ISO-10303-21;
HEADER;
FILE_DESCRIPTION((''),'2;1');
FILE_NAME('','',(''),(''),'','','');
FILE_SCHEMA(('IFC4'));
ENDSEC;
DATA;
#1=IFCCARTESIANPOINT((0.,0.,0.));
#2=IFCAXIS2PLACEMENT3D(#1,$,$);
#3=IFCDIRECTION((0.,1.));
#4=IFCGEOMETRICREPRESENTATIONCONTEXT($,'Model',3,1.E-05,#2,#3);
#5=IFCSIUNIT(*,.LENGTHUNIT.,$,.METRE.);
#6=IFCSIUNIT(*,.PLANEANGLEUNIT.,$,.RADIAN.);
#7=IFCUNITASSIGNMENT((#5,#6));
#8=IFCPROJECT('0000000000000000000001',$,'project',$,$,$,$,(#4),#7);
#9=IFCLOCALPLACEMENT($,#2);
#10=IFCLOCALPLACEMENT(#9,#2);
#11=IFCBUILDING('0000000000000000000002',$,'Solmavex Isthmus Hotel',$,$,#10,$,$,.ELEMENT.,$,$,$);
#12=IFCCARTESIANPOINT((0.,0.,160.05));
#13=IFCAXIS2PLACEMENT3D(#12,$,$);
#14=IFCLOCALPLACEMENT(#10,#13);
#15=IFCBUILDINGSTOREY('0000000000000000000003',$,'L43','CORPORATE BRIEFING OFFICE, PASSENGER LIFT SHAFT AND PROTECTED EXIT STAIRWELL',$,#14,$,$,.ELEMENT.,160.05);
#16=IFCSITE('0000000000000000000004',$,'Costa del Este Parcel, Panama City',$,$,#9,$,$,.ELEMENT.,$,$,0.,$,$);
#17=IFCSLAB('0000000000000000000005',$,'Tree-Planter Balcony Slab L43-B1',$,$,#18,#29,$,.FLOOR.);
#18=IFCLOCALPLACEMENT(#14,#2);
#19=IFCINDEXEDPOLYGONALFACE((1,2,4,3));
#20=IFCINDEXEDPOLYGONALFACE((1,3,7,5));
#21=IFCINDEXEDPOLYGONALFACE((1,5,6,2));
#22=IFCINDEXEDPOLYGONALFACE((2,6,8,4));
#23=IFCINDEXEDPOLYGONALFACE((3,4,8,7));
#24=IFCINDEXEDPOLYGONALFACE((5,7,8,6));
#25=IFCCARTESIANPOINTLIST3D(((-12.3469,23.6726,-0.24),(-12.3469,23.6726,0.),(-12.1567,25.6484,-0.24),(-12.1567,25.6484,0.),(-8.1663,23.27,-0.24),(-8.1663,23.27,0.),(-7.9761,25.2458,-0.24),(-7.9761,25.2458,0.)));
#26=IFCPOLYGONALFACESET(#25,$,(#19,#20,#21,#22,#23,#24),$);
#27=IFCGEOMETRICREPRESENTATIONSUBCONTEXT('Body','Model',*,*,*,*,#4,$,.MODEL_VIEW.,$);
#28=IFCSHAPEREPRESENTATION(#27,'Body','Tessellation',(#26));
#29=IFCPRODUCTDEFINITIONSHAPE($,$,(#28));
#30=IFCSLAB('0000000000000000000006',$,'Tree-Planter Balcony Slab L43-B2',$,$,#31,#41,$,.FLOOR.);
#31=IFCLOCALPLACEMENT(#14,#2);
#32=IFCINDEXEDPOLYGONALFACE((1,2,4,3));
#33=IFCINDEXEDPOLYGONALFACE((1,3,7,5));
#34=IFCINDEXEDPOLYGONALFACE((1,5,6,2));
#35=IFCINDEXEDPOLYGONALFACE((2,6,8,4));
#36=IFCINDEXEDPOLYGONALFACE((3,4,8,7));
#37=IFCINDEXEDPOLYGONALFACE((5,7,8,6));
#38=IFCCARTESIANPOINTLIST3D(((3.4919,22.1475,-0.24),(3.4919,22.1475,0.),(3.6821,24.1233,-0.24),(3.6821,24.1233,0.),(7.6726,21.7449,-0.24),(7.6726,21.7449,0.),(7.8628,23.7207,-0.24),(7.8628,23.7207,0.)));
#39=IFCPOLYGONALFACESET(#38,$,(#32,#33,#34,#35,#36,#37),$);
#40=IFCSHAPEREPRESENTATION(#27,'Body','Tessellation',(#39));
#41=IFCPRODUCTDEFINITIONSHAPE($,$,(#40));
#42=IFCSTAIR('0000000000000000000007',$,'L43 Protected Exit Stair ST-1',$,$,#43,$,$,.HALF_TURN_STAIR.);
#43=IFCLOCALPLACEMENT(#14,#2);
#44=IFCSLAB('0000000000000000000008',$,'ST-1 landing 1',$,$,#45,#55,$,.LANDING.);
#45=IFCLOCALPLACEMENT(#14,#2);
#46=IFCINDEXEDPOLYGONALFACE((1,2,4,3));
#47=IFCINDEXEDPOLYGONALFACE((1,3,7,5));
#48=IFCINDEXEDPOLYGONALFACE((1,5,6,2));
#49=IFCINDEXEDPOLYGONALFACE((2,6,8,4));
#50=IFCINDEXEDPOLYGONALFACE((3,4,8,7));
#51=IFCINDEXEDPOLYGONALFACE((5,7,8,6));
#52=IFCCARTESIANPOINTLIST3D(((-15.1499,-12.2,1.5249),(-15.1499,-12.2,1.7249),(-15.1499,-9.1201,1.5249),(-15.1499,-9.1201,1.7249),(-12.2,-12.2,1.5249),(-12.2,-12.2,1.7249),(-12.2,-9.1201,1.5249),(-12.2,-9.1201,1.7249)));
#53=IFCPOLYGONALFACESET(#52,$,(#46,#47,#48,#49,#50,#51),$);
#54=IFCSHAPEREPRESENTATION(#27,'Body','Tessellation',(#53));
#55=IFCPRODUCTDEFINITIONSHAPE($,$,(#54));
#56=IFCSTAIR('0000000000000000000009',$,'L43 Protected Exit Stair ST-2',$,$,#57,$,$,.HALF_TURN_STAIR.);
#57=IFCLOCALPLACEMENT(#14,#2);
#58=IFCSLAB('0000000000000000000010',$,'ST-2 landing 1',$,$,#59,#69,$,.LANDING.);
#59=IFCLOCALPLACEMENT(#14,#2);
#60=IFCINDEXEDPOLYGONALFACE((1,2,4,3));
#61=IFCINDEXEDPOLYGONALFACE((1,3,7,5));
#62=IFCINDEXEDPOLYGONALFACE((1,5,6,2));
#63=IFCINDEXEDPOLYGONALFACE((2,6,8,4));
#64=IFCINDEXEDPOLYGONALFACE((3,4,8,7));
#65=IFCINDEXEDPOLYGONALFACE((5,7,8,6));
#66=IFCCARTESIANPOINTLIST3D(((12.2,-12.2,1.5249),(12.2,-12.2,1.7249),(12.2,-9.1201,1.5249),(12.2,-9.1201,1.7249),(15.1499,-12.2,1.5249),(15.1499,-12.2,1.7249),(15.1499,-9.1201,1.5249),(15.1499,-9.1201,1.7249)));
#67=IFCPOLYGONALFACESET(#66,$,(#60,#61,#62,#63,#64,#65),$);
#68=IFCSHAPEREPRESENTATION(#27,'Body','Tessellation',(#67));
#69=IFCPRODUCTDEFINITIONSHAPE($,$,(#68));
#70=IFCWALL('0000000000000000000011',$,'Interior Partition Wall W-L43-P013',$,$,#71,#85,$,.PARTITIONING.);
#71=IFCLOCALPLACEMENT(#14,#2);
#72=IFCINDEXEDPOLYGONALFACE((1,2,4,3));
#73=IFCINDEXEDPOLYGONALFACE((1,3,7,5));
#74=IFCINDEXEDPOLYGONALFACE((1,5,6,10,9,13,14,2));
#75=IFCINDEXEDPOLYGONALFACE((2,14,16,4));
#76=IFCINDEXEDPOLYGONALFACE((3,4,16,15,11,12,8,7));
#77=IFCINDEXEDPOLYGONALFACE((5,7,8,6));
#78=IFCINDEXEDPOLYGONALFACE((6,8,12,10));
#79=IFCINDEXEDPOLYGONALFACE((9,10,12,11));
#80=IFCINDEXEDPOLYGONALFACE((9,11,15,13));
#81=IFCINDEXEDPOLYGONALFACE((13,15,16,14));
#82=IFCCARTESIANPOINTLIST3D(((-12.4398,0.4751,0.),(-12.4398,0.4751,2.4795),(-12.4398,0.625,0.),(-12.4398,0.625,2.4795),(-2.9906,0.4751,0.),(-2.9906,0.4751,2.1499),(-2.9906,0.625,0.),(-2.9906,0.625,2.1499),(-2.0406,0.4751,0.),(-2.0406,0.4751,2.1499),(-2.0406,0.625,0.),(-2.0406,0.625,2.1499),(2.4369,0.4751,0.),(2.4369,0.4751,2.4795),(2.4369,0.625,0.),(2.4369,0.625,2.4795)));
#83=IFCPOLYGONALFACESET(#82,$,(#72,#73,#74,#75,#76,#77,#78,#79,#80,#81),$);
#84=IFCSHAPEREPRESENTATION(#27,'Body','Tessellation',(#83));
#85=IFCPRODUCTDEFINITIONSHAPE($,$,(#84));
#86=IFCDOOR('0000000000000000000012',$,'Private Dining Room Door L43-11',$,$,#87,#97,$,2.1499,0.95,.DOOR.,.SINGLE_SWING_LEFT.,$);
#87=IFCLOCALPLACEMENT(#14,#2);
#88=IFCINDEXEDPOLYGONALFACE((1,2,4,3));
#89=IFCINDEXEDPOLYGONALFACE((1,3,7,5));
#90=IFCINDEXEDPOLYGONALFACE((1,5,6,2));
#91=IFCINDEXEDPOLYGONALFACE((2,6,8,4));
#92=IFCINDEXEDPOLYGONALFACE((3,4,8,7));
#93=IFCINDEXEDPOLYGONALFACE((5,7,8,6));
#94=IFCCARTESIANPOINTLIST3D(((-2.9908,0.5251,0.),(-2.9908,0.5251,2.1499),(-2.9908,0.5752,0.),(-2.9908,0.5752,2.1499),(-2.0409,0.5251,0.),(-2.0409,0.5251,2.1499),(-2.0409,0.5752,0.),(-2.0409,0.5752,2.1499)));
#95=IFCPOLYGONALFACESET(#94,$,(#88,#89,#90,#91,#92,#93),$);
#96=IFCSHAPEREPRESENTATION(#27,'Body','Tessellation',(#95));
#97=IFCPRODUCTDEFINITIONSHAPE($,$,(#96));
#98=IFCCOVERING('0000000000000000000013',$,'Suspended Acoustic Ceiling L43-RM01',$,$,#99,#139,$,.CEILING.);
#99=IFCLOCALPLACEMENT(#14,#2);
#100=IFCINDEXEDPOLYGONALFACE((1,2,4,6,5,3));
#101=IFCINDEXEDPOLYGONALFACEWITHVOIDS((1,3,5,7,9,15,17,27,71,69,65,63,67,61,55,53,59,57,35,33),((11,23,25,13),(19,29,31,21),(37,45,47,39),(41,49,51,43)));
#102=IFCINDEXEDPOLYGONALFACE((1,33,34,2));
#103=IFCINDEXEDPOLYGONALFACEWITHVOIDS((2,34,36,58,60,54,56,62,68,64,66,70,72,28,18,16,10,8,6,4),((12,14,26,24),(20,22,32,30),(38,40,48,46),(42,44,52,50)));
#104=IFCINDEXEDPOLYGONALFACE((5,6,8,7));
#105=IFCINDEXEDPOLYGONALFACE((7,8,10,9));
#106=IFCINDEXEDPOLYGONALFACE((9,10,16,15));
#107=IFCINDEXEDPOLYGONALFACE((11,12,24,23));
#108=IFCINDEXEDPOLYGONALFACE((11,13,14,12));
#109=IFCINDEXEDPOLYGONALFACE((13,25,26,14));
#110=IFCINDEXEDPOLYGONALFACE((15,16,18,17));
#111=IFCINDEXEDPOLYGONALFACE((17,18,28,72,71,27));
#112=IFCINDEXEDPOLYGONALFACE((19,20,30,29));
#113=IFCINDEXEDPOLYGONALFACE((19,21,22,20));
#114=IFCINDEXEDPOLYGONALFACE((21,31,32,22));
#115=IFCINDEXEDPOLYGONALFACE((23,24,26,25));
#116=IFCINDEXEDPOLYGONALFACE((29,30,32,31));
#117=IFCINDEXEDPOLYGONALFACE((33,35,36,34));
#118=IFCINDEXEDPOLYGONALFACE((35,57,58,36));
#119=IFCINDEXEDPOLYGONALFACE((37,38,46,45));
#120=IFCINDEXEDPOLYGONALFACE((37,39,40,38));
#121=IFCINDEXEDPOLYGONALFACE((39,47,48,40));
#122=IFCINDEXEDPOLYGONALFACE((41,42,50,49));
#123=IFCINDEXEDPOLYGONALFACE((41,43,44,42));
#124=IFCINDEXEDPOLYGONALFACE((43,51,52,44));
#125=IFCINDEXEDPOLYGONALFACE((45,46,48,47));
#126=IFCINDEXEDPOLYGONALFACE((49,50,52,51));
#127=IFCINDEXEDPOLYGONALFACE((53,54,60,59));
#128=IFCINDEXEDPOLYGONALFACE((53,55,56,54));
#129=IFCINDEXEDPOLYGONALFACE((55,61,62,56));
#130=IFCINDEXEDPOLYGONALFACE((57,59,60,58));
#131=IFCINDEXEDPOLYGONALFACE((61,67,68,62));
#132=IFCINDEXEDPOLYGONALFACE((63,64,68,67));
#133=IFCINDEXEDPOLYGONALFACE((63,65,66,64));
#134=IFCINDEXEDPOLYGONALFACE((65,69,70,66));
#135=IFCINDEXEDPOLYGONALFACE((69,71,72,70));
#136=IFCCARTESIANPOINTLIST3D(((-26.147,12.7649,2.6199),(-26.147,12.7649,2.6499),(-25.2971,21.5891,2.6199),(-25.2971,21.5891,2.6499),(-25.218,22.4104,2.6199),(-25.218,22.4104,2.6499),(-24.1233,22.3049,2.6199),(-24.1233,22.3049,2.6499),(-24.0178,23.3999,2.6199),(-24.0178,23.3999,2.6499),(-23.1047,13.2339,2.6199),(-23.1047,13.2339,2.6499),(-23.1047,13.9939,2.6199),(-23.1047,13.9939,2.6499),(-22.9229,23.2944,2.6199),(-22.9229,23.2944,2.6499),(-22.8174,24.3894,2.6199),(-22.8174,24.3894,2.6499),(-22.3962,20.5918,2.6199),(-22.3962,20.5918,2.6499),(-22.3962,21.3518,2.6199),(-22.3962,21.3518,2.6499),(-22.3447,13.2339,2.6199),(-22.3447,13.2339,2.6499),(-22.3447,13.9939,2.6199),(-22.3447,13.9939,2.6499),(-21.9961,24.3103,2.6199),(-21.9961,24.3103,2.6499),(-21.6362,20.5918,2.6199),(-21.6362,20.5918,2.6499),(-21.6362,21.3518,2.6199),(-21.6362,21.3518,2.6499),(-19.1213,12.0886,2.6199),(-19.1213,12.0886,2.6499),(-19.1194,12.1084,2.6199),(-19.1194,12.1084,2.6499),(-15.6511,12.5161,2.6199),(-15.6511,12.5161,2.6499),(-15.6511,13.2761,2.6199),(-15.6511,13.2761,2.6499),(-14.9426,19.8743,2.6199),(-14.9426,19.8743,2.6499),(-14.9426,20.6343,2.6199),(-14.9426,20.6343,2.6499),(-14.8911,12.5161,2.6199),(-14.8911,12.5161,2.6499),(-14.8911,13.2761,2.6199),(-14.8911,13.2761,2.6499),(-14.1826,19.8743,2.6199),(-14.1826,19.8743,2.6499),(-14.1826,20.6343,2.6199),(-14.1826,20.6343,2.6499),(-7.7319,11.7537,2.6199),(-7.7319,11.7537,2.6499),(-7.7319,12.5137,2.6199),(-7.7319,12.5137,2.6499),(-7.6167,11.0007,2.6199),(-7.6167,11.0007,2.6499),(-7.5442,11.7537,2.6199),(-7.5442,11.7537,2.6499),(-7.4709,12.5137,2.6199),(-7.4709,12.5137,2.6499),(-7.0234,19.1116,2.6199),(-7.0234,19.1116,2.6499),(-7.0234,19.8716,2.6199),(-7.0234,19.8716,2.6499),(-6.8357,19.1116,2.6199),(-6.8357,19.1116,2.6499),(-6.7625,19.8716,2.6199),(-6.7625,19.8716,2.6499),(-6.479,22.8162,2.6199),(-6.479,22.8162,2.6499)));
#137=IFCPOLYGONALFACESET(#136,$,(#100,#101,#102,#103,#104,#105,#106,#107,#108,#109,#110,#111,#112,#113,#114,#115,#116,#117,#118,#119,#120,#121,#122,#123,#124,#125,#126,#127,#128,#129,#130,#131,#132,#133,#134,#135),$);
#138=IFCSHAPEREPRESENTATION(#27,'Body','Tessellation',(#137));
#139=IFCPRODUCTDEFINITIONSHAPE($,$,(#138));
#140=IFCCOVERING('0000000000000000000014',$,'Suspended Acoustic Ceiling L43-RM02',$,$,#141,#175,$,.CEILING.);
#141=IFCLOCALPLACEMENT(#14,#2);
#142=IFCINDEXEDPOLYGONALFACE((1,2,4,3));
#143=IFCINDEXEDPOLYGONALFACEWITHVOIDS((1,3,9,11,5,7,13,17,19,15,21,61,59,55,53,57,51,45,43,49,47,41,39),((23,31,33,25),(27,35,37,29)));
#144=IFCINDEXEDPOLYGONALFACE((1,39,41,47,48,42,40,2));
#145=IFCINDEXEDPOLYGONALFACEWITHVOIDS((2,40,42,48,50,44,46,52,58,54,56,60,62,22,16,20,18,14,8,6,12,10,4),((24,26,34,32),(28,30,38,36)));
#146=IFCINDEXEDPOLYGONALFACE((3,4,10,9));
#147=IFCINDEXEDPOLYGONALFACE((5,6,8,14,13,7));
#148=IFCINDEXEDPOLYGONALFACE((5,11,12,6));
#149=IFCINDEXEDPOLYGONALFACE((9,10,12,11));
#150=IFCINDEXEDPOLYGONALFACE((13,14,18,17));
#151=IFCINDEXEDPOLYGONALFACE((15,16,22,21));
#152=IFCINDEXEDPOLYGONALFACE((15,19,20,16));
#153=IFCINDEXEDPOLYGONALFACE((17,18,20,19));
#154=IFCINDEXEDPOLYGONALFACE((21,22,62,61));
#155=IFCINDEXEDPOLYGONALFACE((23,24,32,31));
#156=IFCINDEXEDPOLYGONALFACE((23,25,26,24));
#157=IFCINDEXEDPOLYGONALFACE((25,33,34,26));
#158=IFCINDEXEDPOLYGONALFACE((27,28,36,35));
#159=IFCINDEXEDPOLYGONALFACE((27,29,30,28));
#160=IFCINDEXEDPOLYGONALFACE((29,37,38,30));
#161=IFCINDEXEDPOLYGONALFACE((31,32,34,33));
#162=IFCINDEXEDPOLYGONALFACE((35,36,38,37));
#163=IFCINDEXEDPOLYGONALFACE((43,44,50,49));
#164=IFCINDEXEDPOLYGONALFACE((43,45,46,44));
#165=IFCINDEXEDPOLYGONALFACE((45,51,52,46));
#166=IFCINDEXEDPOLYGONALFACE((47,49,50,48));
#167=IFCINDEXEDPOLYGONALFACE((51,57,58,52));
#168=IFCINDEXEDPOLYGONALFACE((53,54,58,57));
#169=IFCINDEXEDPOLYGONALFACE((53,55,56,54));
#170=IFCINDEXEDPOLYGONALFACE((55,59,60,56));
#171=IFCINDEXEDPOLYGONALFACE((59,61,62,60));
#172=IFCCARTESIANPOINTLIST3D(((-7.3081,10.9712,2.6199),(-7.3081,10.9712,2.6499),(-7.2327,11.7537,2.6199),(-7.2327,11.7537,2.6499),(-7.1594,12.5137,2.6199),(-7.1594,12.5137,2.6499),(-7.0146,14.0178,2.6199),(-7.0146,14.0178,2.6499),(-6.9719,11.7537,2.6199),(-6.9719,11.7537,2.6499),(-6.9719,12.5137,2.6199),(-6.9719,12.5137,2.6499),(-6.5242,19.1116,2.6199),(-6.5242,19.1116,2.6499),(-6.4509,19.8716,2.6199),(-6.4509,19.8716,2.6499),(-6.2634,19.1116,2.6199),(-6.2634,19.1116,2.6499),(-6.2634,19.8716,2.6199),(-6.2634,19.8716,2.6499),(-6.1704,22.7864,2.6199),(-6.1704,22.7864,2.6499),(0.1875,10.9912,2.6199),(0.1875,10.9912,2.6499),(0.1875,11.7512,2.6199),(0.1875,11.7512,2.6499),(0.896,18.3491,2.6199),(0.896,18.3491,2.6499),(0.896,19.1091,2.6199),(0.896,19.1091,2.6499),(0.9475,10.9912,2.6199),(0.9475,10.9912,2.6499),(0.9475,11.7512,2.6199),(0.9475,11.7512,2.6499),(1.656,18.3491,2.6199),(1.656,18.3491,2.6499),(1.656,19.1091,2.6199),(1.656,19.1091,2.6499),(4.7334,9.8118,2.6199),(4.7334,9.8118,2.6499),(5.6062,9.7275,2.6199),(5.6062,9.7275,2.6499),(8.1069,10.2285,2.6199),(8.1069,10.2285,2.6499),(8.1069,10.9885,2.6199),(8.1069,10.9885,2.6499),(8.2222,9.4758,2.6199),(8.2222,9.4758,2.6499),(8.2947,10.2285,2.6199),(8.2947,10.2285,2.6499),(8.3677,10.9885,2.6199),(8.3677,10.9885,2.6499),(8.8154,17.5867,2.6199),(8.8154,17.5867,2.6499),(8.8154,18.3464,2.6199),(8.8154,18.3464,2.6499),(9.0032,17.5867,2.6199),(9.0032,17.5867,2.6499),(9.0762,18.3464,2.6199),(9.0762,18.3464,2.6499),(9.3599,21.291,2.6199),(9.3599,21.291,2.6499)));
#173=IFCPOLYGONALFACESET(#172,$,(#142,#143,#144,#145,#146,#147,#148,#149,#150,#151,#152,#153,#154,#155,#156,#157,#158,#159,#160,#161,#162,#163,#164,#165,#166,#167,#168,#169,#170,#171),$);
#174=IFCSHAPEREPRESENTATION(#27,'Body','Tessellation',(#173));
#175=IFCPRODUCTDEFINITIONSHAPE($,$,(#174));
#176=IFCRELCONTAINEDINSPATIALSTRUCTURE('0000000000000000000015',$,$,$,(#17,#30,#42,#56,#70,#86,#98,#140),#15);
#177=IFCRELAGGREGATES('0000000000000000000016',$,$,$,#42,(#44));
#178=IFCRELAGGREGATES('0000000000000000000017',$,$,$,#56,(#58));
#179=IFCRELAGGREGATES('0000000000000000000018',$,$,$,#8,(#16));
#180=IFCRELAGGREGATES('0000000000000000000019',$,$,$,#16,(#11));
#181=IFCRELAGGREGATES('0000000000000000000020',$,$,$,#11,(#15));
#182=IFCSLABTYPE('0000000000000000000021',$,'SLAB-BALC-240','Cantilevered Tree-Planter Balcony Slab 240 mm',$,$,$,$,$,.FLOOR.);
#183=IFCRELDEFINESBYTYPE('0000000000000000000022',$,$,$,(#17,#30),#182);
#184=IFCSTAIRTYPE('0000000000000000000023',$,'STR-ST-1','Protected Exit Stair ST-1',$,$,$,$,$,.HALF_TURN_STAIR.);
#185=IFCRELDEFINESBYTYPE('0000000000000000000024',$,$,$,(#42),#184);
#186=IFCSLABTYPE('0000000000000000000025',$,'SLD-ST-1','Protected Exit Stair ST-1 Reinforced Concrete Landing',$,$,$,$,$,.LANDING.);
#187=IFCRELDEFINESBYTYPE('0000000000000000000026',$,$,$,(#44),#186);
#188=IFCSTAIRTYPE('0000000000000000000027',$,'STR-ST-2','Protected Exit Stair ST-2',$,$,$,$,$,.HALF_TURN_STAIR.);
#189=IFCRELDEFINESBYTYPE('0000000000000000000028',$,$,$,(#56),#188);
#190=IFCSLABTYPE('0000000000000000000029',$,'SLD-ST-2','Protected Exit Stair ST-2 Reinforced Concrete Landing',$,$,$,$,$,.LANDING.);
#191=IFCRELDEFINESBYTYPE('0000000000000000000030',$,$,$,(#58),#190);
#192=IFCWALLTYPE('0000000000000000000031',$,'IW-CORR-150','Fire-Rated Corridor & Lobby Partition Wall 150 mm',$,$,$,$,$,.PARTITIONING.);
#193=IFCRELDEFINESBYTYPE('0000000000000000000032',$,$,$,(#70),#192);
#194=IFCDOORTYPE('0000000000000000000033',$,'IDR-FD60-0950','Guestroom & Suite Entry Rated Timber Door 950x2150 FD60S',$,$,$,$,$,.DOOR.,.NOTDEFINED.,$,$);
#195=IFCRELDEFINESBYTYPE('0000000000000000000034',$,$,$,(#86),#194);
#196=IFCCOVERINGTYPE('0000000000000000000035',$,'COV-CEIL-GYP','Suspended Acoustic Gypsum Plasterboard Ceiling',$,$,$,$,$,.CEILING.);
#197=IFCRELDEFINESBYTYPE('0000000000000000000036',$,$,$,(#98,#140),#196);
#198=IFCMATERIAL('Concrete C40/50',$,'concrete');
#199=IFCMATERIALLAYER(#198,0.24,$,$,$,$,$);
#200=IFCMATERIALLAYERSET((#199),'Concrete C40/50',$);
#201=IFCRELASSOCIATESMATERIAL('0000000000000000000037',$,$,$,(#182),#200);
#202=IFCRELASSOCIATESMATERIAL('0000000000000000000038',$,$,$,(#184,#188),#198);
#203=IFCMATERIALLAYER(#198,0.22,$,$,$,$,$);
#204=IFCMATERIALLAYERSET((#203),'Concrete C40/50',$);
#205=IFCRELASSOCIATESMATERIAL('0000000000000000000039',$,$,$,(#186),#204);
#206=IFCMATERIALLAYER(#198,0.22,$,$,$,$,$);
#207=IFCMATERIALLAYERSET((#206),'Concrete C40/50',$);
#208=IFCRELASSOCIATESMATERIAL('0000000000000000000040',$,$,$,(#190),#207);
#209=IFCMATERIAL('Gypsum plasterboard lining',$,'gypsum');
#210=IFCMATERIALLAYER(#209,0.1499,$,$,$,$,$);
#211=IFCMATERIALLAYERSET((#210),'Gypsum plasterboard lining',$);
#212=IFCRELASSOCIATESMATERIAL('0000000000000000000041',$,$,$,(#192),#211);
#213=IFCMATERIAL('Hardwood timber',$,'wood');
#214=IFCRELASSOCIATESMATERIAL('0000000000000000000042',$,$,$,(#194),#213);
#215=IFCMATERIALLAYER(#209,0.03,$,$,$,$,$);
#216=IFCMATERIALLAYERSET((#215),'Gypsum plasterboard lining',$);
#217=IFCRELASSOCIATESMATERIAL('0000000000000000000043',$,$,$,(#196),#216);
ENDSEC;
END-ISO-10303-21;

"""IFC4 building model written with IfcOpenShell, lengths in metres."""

from ifc_helpers import new_model, si_unit, direction, frame, frame_2d, origin, place, context, subcontext, project, spatial, polyline, rectangle, outline, extrude, material, layer, layer_set, type_object, element, fill, aggregate, save


model = new_model("IFC4")

# Units and contexts
model_context = context("Model", 3, precision=1e-05, world=origin(), true_north=direction((0.0, 1.0)))
body_context = subcontext(model_context, "Body", "Model", "MODEL_VIEW")
ifc_project = project(units=[si_unit("LENGTHUNIT", "METRE"), si_unit("PLANEANGLEUNIT", "RADIAN")], contexts=[model_context])

# Site, building, storey
site_placement = place(None, origin())
site = spatial("IfcSite", under=ifc_project, at=site_placement, Name="Costa del Este Parcel, Panama City", CompositionType="ELEMENT", RefElevation=0.0)
building_placement = place(site_placement, origin())
building = spatial("IfcBuilding", under=site, at=building_placement, Name="Solmavex Isthmus Hotel", CompositionType="ELEMENT")
storey_placement = place(building_placement, frame((0.0, 0.0, 160.05)))
storey = spatial("IfcBuildingStorey", under=building, at=storey_placement, Name="L43", Description="CORPORATE BRIEFING OFFICE, PASSENGER LIFT SHAFT AND PROTECTED EXIT STAIRWELL", CompositionType="ELEMENT", Elevation=160.05)

# Slabs
ifc_material_1 = material(Name="Concrete C40/50", Category="concrete")
ifc_layer_1 = layer(ifc_material_1, 0.24)
ifc_layer_set_1 = layer_set([ifc_layer_1], Name="Concrete C40/50")
slab_type_1 = type_object("IfcSlabType", Name="SLAB-BALC-240", Description="Cantilevered Tree-Planter Balcony Slab 240 mm", PredefinedType="FLOOR", material=ifc_layer_set_1)
slab_1_placement = place(storey_placement, frame((0.0, 0.0, -0.24)))
element("IfcSlab", 1, at=slab_1_placement, inside=storey, type_object=slab_type_1, Name="Tree-Planter Balcony Slab L43-B1", PredefinedType="FLOOR", context=body_context, shape_type="SweptSolid", body=[
    extrude(outline(polyline([(-12.3469, 23.6726), (-8.1663, 23.27), (-7.9761, 25.2458), (-12.1567, 25.6484), (-12.3469, 23.6726)])), origin(), (0.0, 0.0, 1.0), 0.24),
])
slab_2_placement = place(storey_placement, frame((0.0, 0.0, -0.24)))
element("IfcSlab", 2, at=slab_2_placement, inside=storey, type_object=slab_type_1, Name="Tree-Planter Balcony Slab L43-B2", PredefinedType="FLOOR", context=body_context, shape_type="SweptSolid", body=[
    extrude(outline(polyline([(3.4919, 22.1475), (7.6726, 21.7449), (7.8628, 23.7207), (3.6821, 24.1233), (3.4919, 22.1475)])), origin(), (0.0, 0.0, 1.0), 0.24),
])

# Stairs, slabs
stair_type_1 = type_object("IfcStairType", Name="STR-ST-1", Description="Protected Exit Stair ST-1", PredefinedType="HALF_TURN_STAIR", material=ifc_material_1)
stair_1_placement = place(storey_placement, origin())
stair_1 = element("IfcStair", 3, at=stair_1_placement, inside=storey, type_object=stair_type_1, Name="L43 Protected Exit Stair ST-1", PredefinedType="HALF_TURN_STAIR")
ifc_layer_2 = layer(ifc_material_1, 0.22)
ifc_layer_set_2 = layer_set([ifc_layer_2], Name="Concrete C40/50")
slab_type_2 = type_object("IfcSlabType", Name="SLD-ST-1", Description="Protected Exit Stair ST-1 Reinforced Concrete Landing", PredefinedType="LANDING", material=ifc_layer_set_2)
slab_3_placement = place(storey_placement, frame((0.0, 0.0, 1.5249)))
slab_3 = element("IfcSlab", 4, at=slab_3_placement, type_object=slab_type_2, Name="ST-1 landing 1", PredefinedType="LANDING", context=body_context, shape_type="SweptSolid", body=[
    extrude(outline(polyline([(-15.1499, -9.1201), (-15.1499, -12.2), (-12.2, -12.2), (-12.2, -9.1201), (-15.1499, -9.1201)])), origin(), (0.0, 0.0, 1.0), 0.2),
])
aggregate(stair_1, [slab_3])
stair_type_2 = type_object("IfcStairType", Name="STR-ST-2", Description="Protected Exit Stair ST-2", PredefinedType="HALF_TURN_STAIR", material=ifc_material_1)
stair_2_placement = place(storey_placement, origin())
stair_2 = element("IfcStair", 5, at=stair_2_placement, inside=storey, type_object=stair_type_2, Name="L43 Protected Exit Stair ST-2", PredefinedType="HALF_TURN_STAIR")
ifc_layer_3 = layer(ifc_material_1, 0.22)
ifc_layer_set_3 = layer_set([ifc_layer_3], Name="Concrete C40/50")
slab_type_3 = type_object("IfcSlabType", Name="SLD-ST-2", Description="Protected Exit Stair ST-2 Reinforced Concrete Landing", PredefinedType="LANDING", material=ifc_layer_set_3)
slab_4_placement = place(storey_placement, frame((0.0, 0.0, 1.5249)))
slab_4 = element("IfcSlab", 6, at=slab_4_placement, type_object=slab_type_3, Name="ST-2 landing 1", PredefinedType="LANDING", context=body_context, shape_type="SweptSolid", body=[
    extrude(outline(polyline([(12.2, -9.1201), (12.2, -12.2), (15.1499, -12.2), (15.1499, -9.1201), (12.2, -9.1201)])), origin(), (0.0, 0.0, 1.0), 0.2),
])
aggregate(stair_2, [slab_4])

# Wall, opening, door
ifc_material_2 = material(Name="Gypsum plasterboard lining", Category="gypsum")
ifc_layer_4 = layer(ifc_material_2, 0.1499)
ifc_layer_set_4 = layer_set([ifc_layer_4], Name="Gypsum plasterboard lining")
wall_type = type_object("IfcWallType", Name="IW-CORR-150", Description="Fire-Rated Corridor & Lobby Partition Wall 150 mm", PredefinedType="PARTITIONING", material=ifc_layer_set_4)
wall_placement = place(storey_placement, frame((-12.4399, 0.55, 0.0), z_axis=(0.0, 0.0, 1.0), x_axis=(1.0, 0.0, 0.0)))
wall = element("IfcWall", 7, at=wall_placement, inside=storey, type_object=wall_type, Name="Interior Partition Wall W-L43-P013", PredefinedType="PARTITIONING", context=body_context, shape_type="SweptSolid", body=[
    extrude(rectangle(XDim=14.8767, YDim=0.1499, at=frame_2d((7.4385, 0.0))), origin(), (0.0, 0.0, 1.0), 2.4795),
])
opening_placement = place(wall_placement, frame((9.4492, 0.0, 0.0)))
opening = element("IfcOpeningElement", 8, at=opening_placement, cuts=wall, PredefinedType="OPENING", context=body_context, shape_type="SweptSolid", body=[
    extrude(rectangle(XDim=0.95, YDim=2.1499, at=frame_2d((0.4751, 1.075))), frame((0.0, 0.085, 0.0), z_axis=(0.0, -1.0, 0.0), x_axis=(1.0, 0.0, 0.0)), (0.0, 0.0, 1.0), 0.1699),
])
ifc_material_3 = material(Name="Hardwood timber", Category="wood")
door_type = type_object("IfcDoorType", Name="IDR-FD60-0950", Description="Guestroom & Suite Entry Rated Timber Door 950x2150 FD60S", OperationType="NOTDEFINED", PredefinedType="DOOR", material=ifc_material_3)
door_placement = place(opening_placement, frame((0.95, 0.0, 0.0), z_axis=(0.0, 0.0, 1.0), x_axis=(-1.0, 0.0, 0.0)))
door = element("IfcDoor", 9, at=door_placement, inside=storey, type_object=door_type, Name="Private Dining Room Door L43-11", OperationType="SINGLE_SWING_LEFT", OverallHeight=2.1499, OverallWidth=0.95, PredefinedType="DOOR", context=body_context, shape_type="SweptSolid", body=[
    extrude(rectangle(XDim=0.95, YDim=2.1499, at=frame_2d((0.4751, 1.075))), frame((0.0, 0.0249, 0.0), z_axis=(0.0, -1.0, 0.0), x_axis=(1.0, 0.0, 0.0)), (0.0, 0.0, 1.0), 0.05),
])
fill(opening, door)

# Coverings
ifc_layer_5 = layer(ifc_material_2, 0.03)
ifc_layer_set_5 = layer_set([ifc_layer_5], Name="Gypsum plasterboard lining")
covering_type_1 = type_object("IfcCoveringType", Name="COV-CEIL-GYP", Description="Suspended Acoustic Gypsum Plasterboard Ceiling", PredefinedType="CEILING", material=ifc_layer_set_5)
covering_1_placement = place(storey_placement, frame((0.0, 0.0, 2.6199)))
element("IfcCovering", 10, at=covering_1_placement, inside=storey, type_object=covering_type_1, Name="Suspended Acoustic Ceiling L43-RM01", PredefinedType="CEILING", context=body_context, shape_type="SweptSolid", body=[
    extrude(outline(polyline([(-19.1213, 12.0886), (-19.1194, 12.1084), (-7.6167, 11.0007), (-7.5442, 11.7537), (-7.7319, 11.7537), (-7.7319, 12.5137), (-7.4709, 12.5137), (-6.8357, 19.1116), (-7.0234, 19.1116), (-7.0234, 19.8716), (-6.7625, 19.8716), (-6.479, 22.8162), (-21.9961, 24.3103), (-22.8174, 24.3894), (-22.9229, 23.2944), (-24.0178, 23.3999), (-24.1233, 22.3049), (-25.218, 22.4104), (-25.2971, 21.5891), (-26.147, 12.7649), (-19.1213, 12.0886)]), holes=[polyline([(-14.9426, 19.8743), (-14.9426, 20.6343), (-14.1826, 20.6343), (-14.1826, 19.8743), (-14.9426, 19.8743)]), polyline([(-15.6511, 12.5161), (-15.6511, 13.2761), (-14.8911, 13.2761), (-14.8911, 12.5161), (-15.6511, 12.5161)]), polyline([(-22.3962, 20.5918), (-22.3962, 21.3518), (-21.6362, 21.3518), (-21.6362, 20.5918), (-22.3962, 20.5918)]), polyline([(-23.1047, 13.2339), (-23.1047, 13.9939), (-22.3447, 13.9939), (-22.3447, 13.2339), (-23.1047, 13.2339)])]), origin(), (0.0, 0.0, 1.0), 0.03),
])
covering_2_placement = place(storey_placement, frame((0.0, 0.0, 2.6199)))
element("IfcCovering", 11, at=covering_2_placement, inside=storey, type_object=covering_type_1, Name="Suspended Acoustic Ceiling L43-RM02", PredefinedType="CEILING", context=body_context, shape_type="SweptSolid", body=[
    extrude(outline(polyline([(-7.1594, 12.5137), (-6.9719, 12.5137), (-6.9719, 11.7537), (-7.2327, 11.7537), (-7.3081, 10.9712), (4.7334, 9.8118), (5.6062, 9.7275), (8.2222, 9.4758), (8.2947, 10.2285), (8.1069, 10.2285), (8.1069, 10.9885), (8.3677, 10.9885), (9.0032, 17.5867), (8.8154, 17.5867), (8.8154, 18.3464), (9.0762, 18.3464), (9.3599, 21.291), (-6.1704, 22.7864), (-6.4509, 19.8716), (-6.2634, 19.8716), (-6.2634, 19.1116), (-6.5242, 19.1116), (-7.0146, 14.0178), (-7.1594, 12.5137)]), holes=[polyline([(0.896, 18.3491), (0.896, 19.1091), (1.656, 19.1091), (1.656, 18.3491), (0.896, 18.3491)]), polyline([(0.1875, 10.9912), (0.1875, 11.7512), (0.9475, 11.7512), (0.9475, 10.9912), (0.1875, 10.9912)])]), origin(), (0.0, 0.0, 1.0), 0.03),
])

save(model, "model.ifc")
